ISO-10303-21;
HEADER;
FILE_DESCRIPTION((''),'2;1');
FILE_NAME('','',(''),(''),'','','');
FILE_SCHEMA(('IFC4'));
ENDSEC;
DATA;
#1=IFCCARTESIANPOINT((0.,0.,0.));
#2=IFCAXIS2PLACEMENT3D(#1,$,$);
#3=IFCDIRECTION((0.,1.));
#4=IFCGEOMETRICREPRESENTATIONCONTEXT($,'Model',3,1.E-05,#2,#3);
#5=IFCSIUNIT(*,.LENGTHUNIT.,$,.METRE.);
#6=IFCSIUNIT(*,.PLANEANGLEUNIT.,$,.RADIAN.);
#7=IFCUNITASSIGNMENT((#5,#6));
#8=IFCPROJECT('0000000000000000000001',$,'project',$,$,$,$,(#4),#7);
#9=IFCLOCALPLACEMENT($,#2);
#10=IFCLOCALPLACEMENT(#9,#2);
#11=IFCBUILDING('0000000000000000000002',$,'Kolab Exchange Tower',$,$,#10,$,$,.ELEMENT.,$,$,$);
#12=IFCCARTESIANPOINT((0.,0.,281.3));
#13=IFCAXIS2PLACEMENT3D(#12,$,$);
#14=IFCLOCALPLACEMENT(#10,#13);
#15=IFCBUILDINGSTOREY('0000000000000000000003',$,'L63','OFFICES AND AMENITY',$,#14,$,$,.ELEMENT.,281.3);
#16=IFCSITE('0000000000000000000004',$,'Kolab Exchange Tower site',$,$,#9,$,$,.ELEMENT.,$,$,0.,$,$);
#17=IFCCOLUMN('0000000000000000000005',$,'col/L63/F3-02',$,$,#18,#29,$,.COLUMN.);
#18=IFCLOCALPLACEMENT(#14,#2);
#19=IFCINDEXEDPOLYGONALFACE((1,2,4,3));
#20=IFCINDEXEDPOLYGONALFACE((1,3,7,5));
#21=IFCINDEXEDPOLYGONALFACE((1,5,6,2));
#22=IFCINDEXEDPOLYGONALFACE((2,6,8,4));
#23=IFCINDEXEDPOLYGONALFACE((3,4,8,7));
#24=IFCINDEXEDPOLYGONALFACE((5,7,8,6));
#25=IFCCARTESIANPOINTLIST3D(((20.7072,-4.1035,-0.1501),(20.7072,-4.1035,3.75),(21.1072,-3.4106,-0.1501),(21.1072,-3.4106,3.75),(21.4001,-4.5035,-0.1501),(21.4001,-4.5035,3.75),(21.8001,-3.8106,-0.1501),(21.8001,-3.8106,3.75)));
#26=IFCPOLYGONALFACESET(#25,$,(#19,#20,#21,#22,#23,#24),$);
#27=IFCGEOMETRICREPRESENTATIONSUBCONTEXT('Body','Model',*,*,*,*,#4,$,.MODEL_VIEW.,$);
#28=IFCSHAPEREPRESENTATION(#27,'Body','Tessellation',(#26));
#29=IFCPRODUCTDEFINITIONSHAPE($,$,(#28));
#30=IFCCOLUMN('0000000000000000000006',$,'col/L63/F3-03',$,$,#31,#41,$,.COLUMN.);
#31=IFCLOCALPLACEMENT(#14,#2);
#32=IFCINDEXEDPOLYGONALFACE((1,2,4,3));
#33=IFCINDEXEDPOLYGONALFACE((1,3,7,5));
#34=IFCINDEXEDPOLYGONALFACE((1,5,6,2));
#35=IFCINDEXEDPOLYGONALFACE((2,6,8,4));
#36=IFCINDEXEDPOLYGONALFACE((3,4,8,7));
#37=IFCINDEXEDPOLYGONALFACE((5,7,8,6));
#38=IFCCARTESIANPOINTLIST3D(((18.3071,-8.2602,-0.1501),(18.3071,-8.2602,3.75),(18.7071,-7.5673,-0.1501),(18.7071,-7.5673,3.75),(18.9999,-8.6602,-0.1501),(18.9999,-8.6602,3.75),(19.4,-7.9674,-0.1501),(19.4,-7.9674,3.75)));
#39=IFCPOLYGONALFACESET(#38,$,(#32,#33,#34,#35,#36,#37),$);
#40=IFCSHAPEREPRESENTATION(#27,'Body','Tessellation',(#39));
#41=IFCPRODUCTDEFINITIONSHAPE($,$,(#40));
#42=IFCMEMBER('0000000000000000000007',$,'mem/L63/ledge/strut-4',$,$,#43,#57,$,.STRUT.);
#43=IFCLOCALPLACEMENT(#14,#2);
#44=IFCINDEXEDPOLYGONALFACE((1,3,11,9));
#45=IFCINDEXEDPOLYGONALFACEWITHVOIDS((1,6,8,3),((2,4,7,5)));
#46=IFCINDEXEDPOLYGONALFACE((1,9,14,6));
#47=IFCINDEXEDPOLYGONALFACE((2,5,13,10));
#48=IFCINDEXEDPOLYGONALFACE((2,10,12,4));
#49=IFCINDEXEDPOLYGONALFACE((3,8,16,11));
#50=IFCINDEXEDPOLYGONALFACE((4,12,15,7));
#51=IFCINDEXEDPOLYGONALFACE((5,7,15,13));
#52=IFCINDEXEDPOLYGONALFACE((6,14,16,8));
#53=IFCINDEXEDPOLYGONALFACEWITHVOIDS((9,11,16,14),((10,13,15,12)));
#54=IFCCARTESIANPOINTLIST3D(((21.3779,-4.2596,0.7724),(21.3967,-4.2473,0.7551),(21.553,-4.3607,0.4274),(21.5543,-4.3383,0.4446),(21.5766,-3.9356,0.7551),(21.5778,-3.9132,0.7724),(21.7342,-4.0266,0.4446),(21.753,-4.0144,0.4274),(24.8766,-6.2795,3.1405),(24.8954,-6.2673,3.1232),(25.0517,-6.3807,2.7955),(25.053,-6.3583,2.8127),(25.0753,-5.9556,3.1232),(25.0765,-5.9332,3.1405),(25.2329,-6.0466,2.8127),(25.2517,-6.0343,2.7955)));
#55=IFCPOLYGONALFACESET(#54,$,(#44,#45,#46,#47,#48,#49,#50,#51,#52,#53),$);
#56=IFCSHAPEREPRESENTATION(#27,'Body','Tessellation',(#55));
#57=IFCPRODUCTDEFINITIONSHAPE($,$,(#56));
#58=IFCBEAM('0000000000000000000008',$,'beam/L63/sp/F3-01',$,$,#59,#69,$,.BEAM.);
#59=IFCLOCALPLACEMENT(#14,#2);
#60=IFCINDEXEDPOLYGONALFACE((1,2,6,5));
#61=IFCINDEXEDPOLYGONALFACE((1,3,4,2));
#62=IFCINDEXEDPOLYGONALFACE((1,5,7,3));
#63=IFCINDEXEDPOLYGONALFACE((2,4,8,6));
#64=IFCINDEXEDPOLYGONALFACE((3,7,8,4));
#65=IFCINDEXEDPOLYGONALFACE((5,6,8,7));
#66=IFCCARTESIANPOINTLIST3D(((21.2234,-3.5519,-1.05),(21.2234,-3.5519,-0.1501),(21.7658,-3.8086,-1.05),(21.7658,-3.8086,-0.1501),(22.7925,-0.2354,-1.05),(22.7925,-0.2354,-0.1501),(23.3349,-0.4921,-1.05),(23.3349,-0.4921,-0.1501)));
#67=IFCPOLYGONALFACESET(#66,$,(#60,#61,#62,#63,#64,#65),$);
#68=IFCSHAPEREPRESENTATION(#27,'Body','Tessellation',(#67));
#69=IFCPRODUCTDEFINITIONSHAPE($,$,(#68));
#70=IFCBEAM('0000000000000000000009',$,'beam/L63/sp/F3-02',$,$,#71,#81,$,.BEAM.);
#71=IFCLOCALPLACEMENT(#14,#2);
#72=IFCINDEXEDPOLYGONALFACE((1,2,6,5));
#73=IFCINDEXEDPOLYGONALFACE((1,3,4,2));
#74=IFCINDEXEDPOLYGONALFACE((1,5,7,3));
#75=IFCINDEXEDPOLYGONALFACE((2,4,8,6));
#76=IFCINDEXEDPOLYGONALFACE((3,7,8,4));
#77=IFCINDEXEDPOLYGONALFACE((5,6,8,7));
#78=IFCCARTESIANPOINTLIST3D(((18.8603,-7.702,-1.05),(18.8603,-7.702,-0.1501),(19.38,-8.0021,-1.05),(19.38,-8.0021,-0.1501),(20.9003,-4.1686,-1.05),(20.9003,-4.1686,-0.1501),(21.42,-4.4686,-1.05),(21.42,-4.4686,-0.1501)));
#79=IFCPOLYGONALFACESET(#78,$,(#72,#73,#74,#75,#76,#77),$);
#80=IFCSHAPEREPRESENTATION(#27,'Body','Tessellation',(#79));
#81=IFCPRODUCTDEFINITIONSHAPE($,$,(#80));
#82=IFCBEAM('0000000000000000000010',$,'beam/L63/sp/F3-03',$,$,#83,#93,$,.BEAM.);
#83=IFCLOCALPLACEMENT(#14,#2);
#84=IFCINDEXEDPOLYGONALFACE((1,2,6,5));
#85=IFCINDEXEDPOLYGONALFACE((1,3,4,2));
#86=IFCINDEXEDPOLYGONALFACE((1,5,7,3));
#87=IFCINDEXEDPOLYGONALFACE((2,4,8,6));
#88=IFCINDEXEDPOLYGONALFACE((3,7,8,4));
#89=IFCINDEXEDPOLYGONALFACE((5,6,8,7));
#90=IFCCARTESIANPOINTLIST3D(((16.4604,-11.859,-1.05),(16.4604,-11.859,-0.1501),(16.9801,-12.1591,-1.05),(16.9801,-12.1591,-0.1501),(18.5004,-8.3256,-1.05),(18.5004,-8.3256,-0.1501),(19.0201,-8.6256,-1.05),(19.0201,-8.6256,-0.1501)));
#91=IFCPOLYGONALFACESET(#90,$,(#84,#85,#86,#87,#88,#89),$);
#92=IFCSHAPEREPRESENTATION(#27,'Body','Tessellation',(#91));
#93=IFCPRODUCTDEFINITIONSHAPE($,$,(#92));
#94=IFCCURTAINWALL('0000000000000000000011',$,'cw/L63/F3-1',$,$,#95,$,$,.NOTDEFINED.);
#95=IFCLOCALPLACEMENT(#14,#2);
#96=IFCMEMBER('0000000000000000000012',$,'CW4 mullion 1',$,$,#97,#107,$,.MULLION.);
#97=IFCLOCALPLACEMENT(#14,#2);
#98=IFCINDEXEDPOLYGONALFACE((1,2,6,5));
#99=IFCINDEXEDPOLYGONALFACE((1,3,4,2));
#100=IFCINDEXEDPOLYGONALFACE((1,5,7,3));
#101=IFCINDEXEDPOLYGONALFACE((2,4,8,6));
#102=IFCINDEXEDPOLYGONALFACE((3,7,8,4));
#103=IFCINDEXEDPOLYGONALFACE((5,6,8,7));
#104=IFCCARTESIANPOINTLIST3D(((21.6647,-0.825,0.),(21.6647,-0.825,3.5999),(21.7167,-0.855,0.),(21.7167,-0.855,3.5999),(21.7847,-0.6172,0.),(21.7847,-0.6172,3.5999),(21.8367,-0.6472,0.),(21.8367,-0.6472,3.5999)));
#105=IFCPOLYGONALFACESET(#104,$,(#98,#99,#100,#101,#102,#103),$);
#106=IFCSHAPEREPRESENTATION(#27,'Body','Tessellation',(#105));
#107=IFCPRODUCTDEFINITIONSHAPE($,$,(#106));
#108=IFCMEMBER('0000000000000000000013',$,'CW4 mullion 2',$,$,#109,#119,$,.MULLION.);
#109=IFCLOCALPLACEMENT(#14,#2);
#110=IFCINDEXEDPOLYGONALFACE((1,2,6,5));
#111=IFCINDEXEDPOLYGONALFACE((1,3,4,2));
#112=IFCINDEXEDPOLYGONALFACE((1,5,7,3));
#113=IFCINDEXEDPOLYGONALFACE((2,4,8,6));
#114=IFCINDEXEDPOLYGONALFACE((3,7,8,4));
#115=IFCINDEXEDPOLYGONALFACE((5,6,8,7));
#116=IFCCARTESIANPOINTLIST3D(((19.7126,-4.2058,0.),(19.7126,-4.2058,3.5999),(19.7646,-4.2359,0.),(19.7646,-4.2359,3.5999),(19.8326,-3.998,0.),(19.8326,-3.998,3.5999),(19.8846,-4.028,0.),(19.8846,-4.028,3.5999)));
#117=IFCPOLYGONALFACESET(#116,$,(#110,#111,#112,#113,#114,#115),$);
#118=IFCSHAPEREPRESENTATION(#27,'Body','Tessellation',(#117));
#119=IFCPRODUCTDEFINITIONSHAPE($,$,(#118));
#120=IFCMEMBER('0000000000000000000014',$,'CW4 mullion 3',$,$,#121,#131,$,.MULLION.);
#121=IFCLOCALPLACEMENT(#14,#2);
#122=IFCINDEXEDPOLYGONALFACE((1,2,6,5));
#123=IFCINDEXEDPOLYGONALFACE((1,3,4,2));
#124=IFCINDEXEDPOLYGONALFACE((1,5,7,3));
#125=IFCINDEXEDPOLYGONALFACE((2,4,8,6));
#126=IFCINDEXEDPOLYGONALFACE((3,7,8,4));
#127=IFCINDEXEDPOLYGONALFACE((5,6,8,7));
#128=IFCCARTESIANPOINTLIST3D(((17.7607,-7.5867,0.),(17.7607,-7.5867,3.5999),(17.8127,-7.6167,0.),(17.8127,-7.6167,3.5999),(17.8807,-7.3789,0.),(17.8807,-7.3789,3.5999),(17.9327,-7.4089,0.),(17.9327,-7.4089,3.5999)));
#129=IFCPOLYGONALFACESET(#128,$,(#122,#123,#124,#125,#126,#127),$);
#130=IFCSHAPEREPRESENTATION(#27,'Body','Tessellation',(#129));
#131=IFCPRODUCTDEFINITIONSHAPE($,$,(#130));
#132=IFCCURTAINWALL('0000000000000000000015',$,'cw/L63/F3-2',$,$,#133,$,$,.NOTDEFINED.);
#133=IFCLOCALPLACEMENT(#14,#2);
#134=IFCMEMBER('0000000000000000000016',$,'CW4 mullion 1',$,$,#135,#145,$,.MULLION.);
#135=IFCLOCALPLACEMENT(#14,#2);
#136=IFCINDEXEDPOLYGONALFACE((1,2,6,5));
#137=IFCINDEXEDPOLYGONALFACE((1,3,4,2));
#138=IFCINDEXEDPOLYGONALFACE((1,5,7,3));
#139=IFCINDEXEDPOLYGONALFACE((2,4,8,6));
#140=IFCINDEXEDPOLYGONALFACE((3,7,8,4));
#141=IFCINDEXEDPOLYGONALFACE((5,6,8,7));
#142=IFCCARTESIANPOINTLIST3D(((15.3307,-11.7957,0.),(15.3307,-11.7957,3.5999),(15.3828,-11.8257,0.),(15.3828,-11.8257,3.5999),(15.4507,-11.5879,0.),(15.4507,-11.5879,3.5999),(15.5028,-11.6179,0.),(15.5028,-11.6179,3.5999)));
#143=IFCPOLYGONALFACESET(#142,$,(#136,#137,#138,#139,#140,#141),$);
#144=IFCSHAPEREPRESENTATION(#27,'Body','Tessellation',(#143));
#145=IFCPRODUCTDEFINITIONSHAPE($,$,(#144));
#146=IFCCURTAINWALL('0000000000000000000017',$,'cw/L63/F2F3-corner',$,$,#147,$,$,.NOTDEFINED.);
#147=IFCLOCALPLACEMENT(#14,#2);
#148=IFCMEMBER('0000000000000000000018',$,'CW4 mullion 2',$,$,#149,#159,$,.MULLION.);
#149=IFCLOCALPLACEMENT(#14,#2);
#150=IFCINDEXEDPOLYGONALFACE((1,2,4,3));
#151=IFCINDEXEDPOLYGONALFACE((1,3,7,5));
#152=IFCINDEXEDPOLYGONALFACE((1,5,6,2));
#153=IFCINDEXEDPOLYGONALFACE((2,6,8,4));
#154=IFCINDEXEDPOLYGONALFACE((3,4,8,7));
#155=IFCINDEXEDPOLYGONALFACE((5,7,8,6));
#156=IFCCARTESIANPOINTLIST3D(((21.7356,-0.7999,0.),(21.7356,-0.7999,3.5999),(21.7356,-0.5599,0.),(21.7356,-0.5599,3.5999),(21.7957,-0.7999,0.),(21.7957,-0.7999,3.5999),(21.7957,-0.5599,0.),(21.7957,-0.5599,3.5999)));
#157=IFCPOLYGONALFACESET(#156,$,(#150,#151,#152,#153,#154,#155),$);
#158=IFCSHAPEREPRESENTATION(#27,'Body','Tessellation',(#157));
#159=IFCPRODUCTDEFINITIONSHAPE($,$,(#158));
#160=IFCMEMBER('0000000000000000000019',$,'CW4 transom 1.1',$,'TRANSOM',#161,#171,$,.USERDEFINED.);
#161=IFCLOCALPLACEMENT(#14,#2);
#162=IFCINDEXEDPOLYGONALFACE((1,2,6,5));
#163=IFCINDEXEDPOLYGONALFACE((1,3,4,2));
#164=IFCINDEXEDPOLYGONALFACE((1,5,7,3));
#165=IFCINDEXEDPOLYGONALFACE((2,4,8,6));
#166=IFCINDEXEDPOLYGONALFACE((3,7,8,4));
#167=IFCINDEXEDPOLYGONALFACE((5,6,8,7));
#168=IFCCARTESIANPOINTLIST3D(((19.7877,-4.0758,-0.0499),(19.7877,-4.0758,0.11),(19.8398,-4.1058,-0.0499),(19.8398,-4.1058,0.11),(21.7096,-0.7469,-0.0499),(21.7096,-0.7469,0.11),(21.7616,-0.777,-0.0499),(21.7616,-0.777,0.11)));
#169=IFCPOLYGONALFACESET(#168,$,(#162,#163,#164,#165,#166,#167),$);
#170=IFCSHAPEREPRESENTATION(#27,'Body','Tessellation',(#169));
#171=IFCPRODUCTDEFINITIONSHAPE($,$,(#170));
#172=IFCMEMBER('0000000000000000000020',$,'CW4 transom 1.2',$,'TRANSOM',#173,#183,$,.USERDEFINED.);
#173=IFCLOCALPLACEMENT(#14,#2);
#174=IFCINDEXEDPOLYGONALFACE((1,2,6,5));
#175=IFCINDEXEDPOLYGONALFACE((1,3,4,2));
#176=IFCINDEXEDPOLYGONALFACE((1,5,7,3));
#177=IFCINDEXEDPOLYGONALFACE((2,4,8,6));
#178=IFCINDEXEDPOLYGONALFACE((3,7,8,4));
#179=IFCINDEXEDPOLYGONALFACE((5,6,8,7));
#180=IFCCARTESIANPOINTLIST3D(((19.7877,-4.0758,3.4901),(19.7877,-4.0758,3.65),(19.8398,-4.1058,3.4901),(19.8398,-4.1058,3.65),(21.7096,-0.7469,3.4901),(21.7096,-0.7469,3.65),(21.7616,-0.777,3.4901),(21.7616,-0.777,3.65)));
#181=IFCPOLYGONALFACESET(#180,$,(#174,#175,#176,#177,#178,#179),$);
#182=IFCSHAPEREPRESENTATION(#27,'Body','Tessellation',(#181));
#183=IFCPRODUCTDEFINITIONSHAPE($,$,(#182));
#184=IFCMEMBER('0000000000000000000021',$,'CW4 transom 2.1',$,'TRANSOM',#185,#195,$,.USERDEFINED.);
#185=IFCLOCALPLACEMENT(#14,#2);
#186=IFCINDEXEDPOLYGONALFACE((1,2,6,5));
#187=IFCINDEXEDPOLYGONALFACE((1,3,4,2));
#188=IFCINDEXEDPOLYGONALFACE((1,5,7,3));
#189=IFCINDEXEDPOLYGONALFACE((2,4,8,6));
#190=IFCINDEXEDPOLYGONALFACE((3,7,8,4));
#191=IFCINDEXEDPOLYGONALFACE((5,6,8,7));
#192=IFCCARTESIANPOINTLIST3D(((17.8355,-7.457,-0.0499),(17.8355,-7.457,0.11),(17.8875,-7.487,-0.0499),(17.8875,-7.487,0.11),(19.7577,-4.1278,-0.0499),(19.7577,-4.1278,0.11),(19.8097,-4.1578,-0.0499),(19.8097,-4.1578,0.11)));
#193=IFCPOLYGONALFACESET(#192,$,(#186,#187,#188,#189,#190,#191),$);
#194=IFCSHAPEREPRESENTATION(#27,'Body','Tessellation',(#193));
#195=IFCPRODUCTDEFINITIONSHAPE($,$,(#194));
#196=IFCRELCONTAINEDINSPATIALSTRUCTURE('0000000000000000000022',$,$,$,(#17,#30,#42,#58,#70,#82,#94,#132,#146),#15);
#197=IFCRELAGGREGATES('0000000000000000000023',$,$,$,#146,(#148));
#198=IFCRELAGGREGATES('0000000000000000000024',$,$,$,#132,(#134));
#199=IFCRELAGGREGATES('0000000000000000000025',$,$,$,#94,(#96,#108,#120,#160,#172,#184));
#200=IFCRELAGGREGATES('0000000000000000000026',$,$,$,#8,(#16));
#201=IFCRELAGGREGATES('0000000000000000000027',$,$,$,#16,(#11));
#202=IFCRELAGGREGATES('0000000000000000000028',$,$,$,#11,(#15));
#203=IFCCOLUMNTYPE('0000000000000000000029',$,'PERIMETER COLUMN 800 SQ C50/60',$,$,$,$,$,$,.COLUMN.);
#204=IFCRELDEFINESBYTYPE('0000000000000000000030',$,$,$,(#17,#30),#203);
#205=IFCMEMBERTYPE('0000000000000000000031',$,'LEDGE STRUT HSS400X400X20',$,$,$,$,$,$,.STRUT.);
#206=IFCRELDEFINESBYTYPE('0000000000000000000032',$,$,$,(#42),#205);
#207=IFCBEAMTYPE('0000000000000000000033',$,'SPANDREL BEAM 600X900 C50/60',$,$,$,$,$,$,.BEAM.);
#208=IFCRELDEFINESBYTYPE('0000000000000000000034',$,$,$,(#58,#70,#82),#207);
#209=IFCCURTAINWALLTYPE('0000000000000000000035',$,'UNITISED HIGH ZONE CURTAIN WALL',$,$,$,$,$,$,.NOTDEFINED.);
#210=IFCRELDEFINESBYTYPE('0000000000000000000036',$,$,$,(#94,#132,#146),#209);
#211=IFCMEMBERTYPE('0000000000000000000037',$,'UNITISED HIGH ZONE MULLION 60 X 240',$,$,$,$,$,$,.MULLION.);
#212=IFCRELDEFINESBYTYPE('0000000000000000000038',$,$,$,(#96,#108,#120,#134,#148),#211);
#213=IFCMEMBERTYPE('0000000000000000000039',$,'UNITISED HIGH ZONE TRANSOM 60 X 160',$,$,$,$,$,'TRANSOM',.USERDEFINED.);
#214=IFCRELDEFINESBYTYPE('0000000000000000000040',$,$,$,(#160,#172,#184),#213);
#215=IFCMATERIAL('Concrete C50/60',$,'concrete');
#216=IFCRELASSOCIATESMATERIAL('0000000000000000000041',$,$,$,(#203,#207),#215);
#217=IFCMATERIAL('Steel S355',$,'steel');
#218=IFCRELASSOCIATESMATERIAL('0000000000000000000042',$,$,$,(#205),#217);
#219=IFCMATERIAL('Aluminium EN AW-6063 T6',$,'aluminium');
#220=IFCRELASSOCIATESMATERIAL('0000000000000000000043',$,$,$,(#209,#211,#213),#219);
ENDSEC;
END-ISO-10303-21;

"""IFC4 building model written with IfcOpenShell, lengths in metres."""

from ifc_helpers import new_model, si_unit, direction, frame, origin, origin_2d, place, context, subcontext, project, spatial, rectangle, hollow_rectangle, extrude, material, material_profile, profile_set, type_object, element, aggregate, save


model = new_model("IFC4")

# Units and contexts
model_context = context("Model", 3, precision=1e-05, world=origin(), true_north=direction((0.0, 1.0)))
body_context = subcontext(model_context, "Body", "Model", "MODEL_VIEW")
ifc_project = project(units=[si_unit("LENGTHUNIT", "METRE"), si_unit("PLANEANGLEUNIT", "RADIAN")], contexts=[model_context])

# Site, building, storey
site_placement = place(None, origin())
site = spatial("IfcSite", under=ifc_project, at=site_placement, Name="Kolab Exchange Tower site", CompositionType="ELEMENT", RefElevation=0.0)
building_placement = place(site_placement, origin())
building = spatial("IfcBuilding", under=site, at=building_placement, Name="Kolab Exchange Tower", CompositionType="ELEMENT")
storey_placement = place(building_placement, frame((0.0, 0.0, 281.3)))
storey = spatial("IfcBuildingStorey", under=building, at=storey_placement, Name="L63", Description="OFFICES AND AMENITY", CompositionType="ELEMENT", Elevation=281.3)

# Columns
ifc_material_1 = material(Name="Concrete C50/60", Category="concrete")
ifc_material_profile_1 = material_profile(ifc_material_1, rectangle(XDim=0.8, YDim=0.8, at=origin_2d()), Name="RC800")
ifc_profile_set_1 = profile_set([ifc_material_profile_1], Name="Concrete C50/60")
column_type = type_object("IfcColumnType", Name="PERIMETER COLUMN 800 SQ C50/60", PredefinedType="COLUMN", material=ifc_profile_set_1)
for number, where, z_axis, x_axis, name in (
    (1, (21.2537, -3.957, -0.1501), (0.0, 0.0, 1.0), (0.5, 0.866025, 0.0), "col/L63/F3-02"),
    (2, (18.8535, -8.1138, -0.1501), (0.0, 0.0, 1.0), (0.5, 0.866025, 0.0), "col/L63/F3-03"),
):
    element("IfcColumn", number, at=place(storey_placement, frame(where, z_axis=z_axis, x_axis=x_axis)), inside=storey, type_object=column_type, Name=name, PredefinedType="COLUMN", context=body_context, shape_type="SweptSolid", body=[
        extrude(rectangle(XDim=0.8, YDim=0.8, at=origin_2d()), origin(), (0.0, 0.0, 1.0), 3.9001),
    ])

# Member
ifc_material_2 = material(Name="Steel S355", Category="steel")
ifc_material_profile_2 = material_profile(ifc_material_2, hollow_rectangle(XDim=0.3999, YDim=0.3999, WallThickness=0.02, at=origin_2d()), Name="HSS400X400X20")
ifc_profile_set_2 = profile_set([ifc_material_profile_2], Name="Steel S355")
member_type_1 = type_object("IfcMemberType", Name="LEDGE STRUT HSS400X400X20", PredefinedType="STRUT", material=ifc_profile_set_2)
member_1_placement = place(storey_placement, frame((21.5654, -4.137, 0.5999), z_axis=(0.747129, -0.431355, 0.505698), x_axis=(0.5, 0.866026, 0.0)))
element("IfcMember", 3, at=member_1_placement, inside=storey, type_object=member_type_1, Name="mem/L63/ledge/strut-4", PredefinedType="STRUT", context=body_context, shape_type="SweptSolid", body=[
    extrude(hollow_rectangle(XDim=0.3999, YDim=0.3999, WallThickness=0.02, at=origin_2d()), origin(), (0.0, 0.0, 1.0), 4.6829),
])

# Beams
ifc_material_profile_3 = material_profile(ifc_material_1, rectangle(XDim=0.6001, YDim=0.8999, at=origin_2d()), Name="RC600X900")
ifc_profile_set_3 = profile_set([ifc_material_profile_3], Name="Concrete C50/60")
beam_type = type_object("IfcBeamType", Name="SPANDREL BEAM 600X900 C50/60", PredefinedType="BEAM", material=ifc_profile_set_3)
beam_placement = place(storey_placement, frame((23.0637, -0.3638, -0.6001), z_axis=(-0.427677, -0.903932, 0.0), x_axis=(0.903932, -0.427677, 0.0)))
element("IfcBeam", 4, at=beam_placement, inside=storey, type_object=beam_type, Name="beam/L63/sp/F3-01", PredefinedType="BEAM", context=body_context, shape_type="SweptSolid", body=[
    extrude(rectangle(XDim=0.6001, YDim=0.8999, at=origin_2d()), origin(), (0.0, 0.0, 1.0), 3.6689),
])
for number, where, z_axis, x_axis, name in (
    (5, (21.1602, -4.3186, -0.6001), (-0.5, -0.866025, 0.0), (0.866025, -0.5, 0.0), "beam/L63/sp/F3-02"),
    (6, (18.7603, -8.4756, -0.6001), (-0.5, -0.866025, 0.0), (0.866025, -0.5, 0.0), "beam/L63/sp/F3-03"),
):
    element("IfcBeam", number, at=place(storey_placement, frame(where, z_axis=z_axis, x_axis=x_axis)), inside=storey, type_object=beam_type, Name=name, PredefinedType="BEAM", context=body_context, shape_type="SweptSolid", body=[
        extrude(rectangle(XDim=0.6001, YDim=0.8999, at=origin_2d()), origin(), (0.0, 0.0, 1.0), 4.0801),
    ])

# Curtain wall, members
ifc_material_3 = material(Name="Aluminium EN AW-6063 T6", Category="aluminium")
curtain_wall_type = type_object("IfcCurtainWallType", Name="UNITISED HIGH ZONE CURTAIN WALL", PredefinedType="NOTDEFINED", material=ifc_material_3)
curtain_wall_1_placement = place(storey_placement, origin())
curtain_wall_1 = element("IfcCurtainWall", 7, at=curtain_wall_1_placement, inside=storey, type_object=curtain_wall_type, Name="cw/L63/F3-1", PredefinedType="NOTDEFINED")
ifc_material_profile_4 = material_profile(ifc_material_3, rectangle(XDim=0.0601, YDim=0.24, at=origin_2d()), Name="RECT 60X240")
ifc_profile_set_4 = profile_set([ifc_material_profile_4], Name="Aluminium EN AW-6063 T6")
member_type_2 = type_object("IfcMemberType", Name="UNITISED HIGH ZONE MULLION 60 X 240", PredefinedType="MULLION", material=ifc_profile_set_4)
member_2_placement = place(storey_placement, frame((21.7507, -0.7361, 0.0), z_axis=(0.0, 0.0, 1.0), x_axis=(0.866025, -0.5, 0.0)))
member_2 = element("IfcMember", 8, at=member_2_placement, type_object=member_type_2, Name="CW4 mullion 1", PredefinedType="MULLION", context=body_context, shape_type="SweptSolid", body=[
    extrude(rectangle(XDim=0.0601, YDim=0.24, at=origin_2d()), origin(), (0.0, 0.0, 1.0), 3.5999),
])
member_3_placement = place(storey_placement, frame((19.7986, -4.1169, 0.0), z_axis=(0.0, 0.0, 1.0), x_axis=(0.866025, -0.5, 0.0)))
member_3 = element("IfcMember", 9, at=member_3_placement, type_object=member_type_2, Name="CW4 mullion 2", PredefinedType="MULLION", context=body_context, shape_type="SweptSolid", body=[
    extrude(rectangle(XDim=0.0601, YDim=0.24, at=origin_2d()), origin(), (0.0, 0.0, 1.0), 3.5999),
])
member_4_placement = place(storey_placement, frame((17.8467, -7.4978, 0.0), z_axis=(0.0, 0.0, 1.0), x_axis=(0.866025, -0.5, 0.0)))
member_4 = element("IfcMember", 10, at=member_4_placement, type_object=member_type_2, Name="CW4 mullion 3", PredefinedType="MULLION", context=body_context, shape_type="SweptSolid", body=[
    extrude(rectangle(XDim=0.0601, YDim=0.24, at=origin_2d()), origin(), (0.0, 0.0, 1.0), 3.5999),
])

# Curtain walls, members
curtain_wall_2_placement = place(storey_placement, origin())
curtain_wall_2 = element("IfcCurtainWall", 11, at=curtain_wall_2_placement, inside=storey, type_object=curtain_wall_type, Name="cw/L63/F3-2", PredefinedType="NOTDEFINED")
member_5_placement = place(storey_placement, frame((15.4167, -11.7068, 0.0), z_axis=(0.0, 0.0, 1.0), x_axis=(0.866025, -0.5, 0.0)))
member_5 = element("IfcMember", 12, at=member_5_placement, type_object=member_type_2, Name="CW4 mullion 1", PredefinedType="MULLION", context=body_context, shape_type="SweptSolid", body=[
    extrude(rectangle(XDim=0.0601, YDim=0.24, at=origin_2d()), origin(), (0.0, 0.0, 1.0), 3.5999),
])
curtain_wall_3_placement = place(storey_placement, origin())
curtain_wall_3 = element("IfcCurtainWall", 13, at=curtain_wall_3_placement, inside=storey, type_object=curtain_wall_type, Name="cw/L63/F2F3-corner", PredefinedType="NOTDEFINED")
member_6_placement = place(storey_placement, frame((21.7656, -0.6799, 0.0), z_axis=(0.0, 0.0, 1.0), x_axis=(1.0, 0.0, 0.0)))
member_6 = element("IfcMember", 14, at=member_6_placement, type_object=member_type_2, Name="CW4 mullion 2", PredefinedType="MULLION", context=body_context, shape_type="SweptSolid", body=[
    extrude(rectangle(XDim=0.0601, YDim=0.24, at=origin_2d()), origin(), (0.0, 0.0, 1.0), 3.5999),
])
aggregate(curtain_wall_3, [member_6])

# Members
ifc_material_profile_5 = material_profile(ifc_material_3, rectangle(XDim=0.0601, YDim=0.1599, at=origin_2d()), Name="RECT 60X160")
ifc_profile_set_5 = profile_set([ifc_material_profile_5], Name="Aluminium EN AW-6063 T6")
member_type_3 = type_object("IfcMemberType", Name="UNITISED HIGH ZONE TRANSOM 60 X 160", ElementType="TRANSOM", PredefinedType="USERDEFINED", material=ifc_profile_set_5)
member_7_placement = place(storey_placement, frame((21.7356, -0.762, 0.03), z_axis=(-0.499992, -0.86603, 0.0), x_axis=(0.86603, -0.499992, 0.0)))
member_7 = element("IfcMember", 15, at=member_7_placement, type_object=member_type_3, Name="CW4 transom 1.1", ObjectType="TRANSOM", PredefinedType="USERDEFINED", context=body_context, shape_type="SweptSolid", body=[
    extrude(rectangle(XDim=0.0601, YDim=0.1599, at=origin_2d()), origin(), (0.0, 0.0, 1.0), 3.8438),
])
member_8_placement = place(storey_placement, frame((21.7356, -0.762, 3.5701), z_axis=(-0.499992, -0.86603, 0.0), x_axis=(0.86603, -0.499992, 0.0)))
member_8 = element("IfcMember", 16, at=member_8_placement, type_object=member_type_3, Name="CW4 transom 1.2", ObjectType="TRANSOM", PredefinedType="USERDEFINED", context=body_context, shape_type="SweptSolid", body=[
    extrude(rectangle(XDim=0.0601, YDim=0.1599, at=origin_2d()), origin(), (0.0, 0.0, 1.0), 3.8438),
])
member_9_placement = place(storey_placement, frame((19.7837, -4.1428, 0.03), z_axis=(-0.500012, -0.866018, 0.0), x_axis=(0.866018, -0.500012, 0.0)))
member_9 = element("IfcMember", 17, at=member_9_placement, type_object=member_type_3, Name="CW4 transom 2.1", ObjectType="TRANSOM", PredefinedType="USERDEFINED", context=body_context, shape_type="SweptSolid", body=[
    extrude(rectangle(XDim=0.0601, YDim=0.1599, at=origin_2d()), origin(), (0.0, 0.0, 1.0), 3.8442),
])
aggregate(curtain_wall_2, [member_5])

aggregate(curtain_wall_1, [member_2, member_3, member_4, member_7, member_8, member_9])

save(model, "model.ifc")
